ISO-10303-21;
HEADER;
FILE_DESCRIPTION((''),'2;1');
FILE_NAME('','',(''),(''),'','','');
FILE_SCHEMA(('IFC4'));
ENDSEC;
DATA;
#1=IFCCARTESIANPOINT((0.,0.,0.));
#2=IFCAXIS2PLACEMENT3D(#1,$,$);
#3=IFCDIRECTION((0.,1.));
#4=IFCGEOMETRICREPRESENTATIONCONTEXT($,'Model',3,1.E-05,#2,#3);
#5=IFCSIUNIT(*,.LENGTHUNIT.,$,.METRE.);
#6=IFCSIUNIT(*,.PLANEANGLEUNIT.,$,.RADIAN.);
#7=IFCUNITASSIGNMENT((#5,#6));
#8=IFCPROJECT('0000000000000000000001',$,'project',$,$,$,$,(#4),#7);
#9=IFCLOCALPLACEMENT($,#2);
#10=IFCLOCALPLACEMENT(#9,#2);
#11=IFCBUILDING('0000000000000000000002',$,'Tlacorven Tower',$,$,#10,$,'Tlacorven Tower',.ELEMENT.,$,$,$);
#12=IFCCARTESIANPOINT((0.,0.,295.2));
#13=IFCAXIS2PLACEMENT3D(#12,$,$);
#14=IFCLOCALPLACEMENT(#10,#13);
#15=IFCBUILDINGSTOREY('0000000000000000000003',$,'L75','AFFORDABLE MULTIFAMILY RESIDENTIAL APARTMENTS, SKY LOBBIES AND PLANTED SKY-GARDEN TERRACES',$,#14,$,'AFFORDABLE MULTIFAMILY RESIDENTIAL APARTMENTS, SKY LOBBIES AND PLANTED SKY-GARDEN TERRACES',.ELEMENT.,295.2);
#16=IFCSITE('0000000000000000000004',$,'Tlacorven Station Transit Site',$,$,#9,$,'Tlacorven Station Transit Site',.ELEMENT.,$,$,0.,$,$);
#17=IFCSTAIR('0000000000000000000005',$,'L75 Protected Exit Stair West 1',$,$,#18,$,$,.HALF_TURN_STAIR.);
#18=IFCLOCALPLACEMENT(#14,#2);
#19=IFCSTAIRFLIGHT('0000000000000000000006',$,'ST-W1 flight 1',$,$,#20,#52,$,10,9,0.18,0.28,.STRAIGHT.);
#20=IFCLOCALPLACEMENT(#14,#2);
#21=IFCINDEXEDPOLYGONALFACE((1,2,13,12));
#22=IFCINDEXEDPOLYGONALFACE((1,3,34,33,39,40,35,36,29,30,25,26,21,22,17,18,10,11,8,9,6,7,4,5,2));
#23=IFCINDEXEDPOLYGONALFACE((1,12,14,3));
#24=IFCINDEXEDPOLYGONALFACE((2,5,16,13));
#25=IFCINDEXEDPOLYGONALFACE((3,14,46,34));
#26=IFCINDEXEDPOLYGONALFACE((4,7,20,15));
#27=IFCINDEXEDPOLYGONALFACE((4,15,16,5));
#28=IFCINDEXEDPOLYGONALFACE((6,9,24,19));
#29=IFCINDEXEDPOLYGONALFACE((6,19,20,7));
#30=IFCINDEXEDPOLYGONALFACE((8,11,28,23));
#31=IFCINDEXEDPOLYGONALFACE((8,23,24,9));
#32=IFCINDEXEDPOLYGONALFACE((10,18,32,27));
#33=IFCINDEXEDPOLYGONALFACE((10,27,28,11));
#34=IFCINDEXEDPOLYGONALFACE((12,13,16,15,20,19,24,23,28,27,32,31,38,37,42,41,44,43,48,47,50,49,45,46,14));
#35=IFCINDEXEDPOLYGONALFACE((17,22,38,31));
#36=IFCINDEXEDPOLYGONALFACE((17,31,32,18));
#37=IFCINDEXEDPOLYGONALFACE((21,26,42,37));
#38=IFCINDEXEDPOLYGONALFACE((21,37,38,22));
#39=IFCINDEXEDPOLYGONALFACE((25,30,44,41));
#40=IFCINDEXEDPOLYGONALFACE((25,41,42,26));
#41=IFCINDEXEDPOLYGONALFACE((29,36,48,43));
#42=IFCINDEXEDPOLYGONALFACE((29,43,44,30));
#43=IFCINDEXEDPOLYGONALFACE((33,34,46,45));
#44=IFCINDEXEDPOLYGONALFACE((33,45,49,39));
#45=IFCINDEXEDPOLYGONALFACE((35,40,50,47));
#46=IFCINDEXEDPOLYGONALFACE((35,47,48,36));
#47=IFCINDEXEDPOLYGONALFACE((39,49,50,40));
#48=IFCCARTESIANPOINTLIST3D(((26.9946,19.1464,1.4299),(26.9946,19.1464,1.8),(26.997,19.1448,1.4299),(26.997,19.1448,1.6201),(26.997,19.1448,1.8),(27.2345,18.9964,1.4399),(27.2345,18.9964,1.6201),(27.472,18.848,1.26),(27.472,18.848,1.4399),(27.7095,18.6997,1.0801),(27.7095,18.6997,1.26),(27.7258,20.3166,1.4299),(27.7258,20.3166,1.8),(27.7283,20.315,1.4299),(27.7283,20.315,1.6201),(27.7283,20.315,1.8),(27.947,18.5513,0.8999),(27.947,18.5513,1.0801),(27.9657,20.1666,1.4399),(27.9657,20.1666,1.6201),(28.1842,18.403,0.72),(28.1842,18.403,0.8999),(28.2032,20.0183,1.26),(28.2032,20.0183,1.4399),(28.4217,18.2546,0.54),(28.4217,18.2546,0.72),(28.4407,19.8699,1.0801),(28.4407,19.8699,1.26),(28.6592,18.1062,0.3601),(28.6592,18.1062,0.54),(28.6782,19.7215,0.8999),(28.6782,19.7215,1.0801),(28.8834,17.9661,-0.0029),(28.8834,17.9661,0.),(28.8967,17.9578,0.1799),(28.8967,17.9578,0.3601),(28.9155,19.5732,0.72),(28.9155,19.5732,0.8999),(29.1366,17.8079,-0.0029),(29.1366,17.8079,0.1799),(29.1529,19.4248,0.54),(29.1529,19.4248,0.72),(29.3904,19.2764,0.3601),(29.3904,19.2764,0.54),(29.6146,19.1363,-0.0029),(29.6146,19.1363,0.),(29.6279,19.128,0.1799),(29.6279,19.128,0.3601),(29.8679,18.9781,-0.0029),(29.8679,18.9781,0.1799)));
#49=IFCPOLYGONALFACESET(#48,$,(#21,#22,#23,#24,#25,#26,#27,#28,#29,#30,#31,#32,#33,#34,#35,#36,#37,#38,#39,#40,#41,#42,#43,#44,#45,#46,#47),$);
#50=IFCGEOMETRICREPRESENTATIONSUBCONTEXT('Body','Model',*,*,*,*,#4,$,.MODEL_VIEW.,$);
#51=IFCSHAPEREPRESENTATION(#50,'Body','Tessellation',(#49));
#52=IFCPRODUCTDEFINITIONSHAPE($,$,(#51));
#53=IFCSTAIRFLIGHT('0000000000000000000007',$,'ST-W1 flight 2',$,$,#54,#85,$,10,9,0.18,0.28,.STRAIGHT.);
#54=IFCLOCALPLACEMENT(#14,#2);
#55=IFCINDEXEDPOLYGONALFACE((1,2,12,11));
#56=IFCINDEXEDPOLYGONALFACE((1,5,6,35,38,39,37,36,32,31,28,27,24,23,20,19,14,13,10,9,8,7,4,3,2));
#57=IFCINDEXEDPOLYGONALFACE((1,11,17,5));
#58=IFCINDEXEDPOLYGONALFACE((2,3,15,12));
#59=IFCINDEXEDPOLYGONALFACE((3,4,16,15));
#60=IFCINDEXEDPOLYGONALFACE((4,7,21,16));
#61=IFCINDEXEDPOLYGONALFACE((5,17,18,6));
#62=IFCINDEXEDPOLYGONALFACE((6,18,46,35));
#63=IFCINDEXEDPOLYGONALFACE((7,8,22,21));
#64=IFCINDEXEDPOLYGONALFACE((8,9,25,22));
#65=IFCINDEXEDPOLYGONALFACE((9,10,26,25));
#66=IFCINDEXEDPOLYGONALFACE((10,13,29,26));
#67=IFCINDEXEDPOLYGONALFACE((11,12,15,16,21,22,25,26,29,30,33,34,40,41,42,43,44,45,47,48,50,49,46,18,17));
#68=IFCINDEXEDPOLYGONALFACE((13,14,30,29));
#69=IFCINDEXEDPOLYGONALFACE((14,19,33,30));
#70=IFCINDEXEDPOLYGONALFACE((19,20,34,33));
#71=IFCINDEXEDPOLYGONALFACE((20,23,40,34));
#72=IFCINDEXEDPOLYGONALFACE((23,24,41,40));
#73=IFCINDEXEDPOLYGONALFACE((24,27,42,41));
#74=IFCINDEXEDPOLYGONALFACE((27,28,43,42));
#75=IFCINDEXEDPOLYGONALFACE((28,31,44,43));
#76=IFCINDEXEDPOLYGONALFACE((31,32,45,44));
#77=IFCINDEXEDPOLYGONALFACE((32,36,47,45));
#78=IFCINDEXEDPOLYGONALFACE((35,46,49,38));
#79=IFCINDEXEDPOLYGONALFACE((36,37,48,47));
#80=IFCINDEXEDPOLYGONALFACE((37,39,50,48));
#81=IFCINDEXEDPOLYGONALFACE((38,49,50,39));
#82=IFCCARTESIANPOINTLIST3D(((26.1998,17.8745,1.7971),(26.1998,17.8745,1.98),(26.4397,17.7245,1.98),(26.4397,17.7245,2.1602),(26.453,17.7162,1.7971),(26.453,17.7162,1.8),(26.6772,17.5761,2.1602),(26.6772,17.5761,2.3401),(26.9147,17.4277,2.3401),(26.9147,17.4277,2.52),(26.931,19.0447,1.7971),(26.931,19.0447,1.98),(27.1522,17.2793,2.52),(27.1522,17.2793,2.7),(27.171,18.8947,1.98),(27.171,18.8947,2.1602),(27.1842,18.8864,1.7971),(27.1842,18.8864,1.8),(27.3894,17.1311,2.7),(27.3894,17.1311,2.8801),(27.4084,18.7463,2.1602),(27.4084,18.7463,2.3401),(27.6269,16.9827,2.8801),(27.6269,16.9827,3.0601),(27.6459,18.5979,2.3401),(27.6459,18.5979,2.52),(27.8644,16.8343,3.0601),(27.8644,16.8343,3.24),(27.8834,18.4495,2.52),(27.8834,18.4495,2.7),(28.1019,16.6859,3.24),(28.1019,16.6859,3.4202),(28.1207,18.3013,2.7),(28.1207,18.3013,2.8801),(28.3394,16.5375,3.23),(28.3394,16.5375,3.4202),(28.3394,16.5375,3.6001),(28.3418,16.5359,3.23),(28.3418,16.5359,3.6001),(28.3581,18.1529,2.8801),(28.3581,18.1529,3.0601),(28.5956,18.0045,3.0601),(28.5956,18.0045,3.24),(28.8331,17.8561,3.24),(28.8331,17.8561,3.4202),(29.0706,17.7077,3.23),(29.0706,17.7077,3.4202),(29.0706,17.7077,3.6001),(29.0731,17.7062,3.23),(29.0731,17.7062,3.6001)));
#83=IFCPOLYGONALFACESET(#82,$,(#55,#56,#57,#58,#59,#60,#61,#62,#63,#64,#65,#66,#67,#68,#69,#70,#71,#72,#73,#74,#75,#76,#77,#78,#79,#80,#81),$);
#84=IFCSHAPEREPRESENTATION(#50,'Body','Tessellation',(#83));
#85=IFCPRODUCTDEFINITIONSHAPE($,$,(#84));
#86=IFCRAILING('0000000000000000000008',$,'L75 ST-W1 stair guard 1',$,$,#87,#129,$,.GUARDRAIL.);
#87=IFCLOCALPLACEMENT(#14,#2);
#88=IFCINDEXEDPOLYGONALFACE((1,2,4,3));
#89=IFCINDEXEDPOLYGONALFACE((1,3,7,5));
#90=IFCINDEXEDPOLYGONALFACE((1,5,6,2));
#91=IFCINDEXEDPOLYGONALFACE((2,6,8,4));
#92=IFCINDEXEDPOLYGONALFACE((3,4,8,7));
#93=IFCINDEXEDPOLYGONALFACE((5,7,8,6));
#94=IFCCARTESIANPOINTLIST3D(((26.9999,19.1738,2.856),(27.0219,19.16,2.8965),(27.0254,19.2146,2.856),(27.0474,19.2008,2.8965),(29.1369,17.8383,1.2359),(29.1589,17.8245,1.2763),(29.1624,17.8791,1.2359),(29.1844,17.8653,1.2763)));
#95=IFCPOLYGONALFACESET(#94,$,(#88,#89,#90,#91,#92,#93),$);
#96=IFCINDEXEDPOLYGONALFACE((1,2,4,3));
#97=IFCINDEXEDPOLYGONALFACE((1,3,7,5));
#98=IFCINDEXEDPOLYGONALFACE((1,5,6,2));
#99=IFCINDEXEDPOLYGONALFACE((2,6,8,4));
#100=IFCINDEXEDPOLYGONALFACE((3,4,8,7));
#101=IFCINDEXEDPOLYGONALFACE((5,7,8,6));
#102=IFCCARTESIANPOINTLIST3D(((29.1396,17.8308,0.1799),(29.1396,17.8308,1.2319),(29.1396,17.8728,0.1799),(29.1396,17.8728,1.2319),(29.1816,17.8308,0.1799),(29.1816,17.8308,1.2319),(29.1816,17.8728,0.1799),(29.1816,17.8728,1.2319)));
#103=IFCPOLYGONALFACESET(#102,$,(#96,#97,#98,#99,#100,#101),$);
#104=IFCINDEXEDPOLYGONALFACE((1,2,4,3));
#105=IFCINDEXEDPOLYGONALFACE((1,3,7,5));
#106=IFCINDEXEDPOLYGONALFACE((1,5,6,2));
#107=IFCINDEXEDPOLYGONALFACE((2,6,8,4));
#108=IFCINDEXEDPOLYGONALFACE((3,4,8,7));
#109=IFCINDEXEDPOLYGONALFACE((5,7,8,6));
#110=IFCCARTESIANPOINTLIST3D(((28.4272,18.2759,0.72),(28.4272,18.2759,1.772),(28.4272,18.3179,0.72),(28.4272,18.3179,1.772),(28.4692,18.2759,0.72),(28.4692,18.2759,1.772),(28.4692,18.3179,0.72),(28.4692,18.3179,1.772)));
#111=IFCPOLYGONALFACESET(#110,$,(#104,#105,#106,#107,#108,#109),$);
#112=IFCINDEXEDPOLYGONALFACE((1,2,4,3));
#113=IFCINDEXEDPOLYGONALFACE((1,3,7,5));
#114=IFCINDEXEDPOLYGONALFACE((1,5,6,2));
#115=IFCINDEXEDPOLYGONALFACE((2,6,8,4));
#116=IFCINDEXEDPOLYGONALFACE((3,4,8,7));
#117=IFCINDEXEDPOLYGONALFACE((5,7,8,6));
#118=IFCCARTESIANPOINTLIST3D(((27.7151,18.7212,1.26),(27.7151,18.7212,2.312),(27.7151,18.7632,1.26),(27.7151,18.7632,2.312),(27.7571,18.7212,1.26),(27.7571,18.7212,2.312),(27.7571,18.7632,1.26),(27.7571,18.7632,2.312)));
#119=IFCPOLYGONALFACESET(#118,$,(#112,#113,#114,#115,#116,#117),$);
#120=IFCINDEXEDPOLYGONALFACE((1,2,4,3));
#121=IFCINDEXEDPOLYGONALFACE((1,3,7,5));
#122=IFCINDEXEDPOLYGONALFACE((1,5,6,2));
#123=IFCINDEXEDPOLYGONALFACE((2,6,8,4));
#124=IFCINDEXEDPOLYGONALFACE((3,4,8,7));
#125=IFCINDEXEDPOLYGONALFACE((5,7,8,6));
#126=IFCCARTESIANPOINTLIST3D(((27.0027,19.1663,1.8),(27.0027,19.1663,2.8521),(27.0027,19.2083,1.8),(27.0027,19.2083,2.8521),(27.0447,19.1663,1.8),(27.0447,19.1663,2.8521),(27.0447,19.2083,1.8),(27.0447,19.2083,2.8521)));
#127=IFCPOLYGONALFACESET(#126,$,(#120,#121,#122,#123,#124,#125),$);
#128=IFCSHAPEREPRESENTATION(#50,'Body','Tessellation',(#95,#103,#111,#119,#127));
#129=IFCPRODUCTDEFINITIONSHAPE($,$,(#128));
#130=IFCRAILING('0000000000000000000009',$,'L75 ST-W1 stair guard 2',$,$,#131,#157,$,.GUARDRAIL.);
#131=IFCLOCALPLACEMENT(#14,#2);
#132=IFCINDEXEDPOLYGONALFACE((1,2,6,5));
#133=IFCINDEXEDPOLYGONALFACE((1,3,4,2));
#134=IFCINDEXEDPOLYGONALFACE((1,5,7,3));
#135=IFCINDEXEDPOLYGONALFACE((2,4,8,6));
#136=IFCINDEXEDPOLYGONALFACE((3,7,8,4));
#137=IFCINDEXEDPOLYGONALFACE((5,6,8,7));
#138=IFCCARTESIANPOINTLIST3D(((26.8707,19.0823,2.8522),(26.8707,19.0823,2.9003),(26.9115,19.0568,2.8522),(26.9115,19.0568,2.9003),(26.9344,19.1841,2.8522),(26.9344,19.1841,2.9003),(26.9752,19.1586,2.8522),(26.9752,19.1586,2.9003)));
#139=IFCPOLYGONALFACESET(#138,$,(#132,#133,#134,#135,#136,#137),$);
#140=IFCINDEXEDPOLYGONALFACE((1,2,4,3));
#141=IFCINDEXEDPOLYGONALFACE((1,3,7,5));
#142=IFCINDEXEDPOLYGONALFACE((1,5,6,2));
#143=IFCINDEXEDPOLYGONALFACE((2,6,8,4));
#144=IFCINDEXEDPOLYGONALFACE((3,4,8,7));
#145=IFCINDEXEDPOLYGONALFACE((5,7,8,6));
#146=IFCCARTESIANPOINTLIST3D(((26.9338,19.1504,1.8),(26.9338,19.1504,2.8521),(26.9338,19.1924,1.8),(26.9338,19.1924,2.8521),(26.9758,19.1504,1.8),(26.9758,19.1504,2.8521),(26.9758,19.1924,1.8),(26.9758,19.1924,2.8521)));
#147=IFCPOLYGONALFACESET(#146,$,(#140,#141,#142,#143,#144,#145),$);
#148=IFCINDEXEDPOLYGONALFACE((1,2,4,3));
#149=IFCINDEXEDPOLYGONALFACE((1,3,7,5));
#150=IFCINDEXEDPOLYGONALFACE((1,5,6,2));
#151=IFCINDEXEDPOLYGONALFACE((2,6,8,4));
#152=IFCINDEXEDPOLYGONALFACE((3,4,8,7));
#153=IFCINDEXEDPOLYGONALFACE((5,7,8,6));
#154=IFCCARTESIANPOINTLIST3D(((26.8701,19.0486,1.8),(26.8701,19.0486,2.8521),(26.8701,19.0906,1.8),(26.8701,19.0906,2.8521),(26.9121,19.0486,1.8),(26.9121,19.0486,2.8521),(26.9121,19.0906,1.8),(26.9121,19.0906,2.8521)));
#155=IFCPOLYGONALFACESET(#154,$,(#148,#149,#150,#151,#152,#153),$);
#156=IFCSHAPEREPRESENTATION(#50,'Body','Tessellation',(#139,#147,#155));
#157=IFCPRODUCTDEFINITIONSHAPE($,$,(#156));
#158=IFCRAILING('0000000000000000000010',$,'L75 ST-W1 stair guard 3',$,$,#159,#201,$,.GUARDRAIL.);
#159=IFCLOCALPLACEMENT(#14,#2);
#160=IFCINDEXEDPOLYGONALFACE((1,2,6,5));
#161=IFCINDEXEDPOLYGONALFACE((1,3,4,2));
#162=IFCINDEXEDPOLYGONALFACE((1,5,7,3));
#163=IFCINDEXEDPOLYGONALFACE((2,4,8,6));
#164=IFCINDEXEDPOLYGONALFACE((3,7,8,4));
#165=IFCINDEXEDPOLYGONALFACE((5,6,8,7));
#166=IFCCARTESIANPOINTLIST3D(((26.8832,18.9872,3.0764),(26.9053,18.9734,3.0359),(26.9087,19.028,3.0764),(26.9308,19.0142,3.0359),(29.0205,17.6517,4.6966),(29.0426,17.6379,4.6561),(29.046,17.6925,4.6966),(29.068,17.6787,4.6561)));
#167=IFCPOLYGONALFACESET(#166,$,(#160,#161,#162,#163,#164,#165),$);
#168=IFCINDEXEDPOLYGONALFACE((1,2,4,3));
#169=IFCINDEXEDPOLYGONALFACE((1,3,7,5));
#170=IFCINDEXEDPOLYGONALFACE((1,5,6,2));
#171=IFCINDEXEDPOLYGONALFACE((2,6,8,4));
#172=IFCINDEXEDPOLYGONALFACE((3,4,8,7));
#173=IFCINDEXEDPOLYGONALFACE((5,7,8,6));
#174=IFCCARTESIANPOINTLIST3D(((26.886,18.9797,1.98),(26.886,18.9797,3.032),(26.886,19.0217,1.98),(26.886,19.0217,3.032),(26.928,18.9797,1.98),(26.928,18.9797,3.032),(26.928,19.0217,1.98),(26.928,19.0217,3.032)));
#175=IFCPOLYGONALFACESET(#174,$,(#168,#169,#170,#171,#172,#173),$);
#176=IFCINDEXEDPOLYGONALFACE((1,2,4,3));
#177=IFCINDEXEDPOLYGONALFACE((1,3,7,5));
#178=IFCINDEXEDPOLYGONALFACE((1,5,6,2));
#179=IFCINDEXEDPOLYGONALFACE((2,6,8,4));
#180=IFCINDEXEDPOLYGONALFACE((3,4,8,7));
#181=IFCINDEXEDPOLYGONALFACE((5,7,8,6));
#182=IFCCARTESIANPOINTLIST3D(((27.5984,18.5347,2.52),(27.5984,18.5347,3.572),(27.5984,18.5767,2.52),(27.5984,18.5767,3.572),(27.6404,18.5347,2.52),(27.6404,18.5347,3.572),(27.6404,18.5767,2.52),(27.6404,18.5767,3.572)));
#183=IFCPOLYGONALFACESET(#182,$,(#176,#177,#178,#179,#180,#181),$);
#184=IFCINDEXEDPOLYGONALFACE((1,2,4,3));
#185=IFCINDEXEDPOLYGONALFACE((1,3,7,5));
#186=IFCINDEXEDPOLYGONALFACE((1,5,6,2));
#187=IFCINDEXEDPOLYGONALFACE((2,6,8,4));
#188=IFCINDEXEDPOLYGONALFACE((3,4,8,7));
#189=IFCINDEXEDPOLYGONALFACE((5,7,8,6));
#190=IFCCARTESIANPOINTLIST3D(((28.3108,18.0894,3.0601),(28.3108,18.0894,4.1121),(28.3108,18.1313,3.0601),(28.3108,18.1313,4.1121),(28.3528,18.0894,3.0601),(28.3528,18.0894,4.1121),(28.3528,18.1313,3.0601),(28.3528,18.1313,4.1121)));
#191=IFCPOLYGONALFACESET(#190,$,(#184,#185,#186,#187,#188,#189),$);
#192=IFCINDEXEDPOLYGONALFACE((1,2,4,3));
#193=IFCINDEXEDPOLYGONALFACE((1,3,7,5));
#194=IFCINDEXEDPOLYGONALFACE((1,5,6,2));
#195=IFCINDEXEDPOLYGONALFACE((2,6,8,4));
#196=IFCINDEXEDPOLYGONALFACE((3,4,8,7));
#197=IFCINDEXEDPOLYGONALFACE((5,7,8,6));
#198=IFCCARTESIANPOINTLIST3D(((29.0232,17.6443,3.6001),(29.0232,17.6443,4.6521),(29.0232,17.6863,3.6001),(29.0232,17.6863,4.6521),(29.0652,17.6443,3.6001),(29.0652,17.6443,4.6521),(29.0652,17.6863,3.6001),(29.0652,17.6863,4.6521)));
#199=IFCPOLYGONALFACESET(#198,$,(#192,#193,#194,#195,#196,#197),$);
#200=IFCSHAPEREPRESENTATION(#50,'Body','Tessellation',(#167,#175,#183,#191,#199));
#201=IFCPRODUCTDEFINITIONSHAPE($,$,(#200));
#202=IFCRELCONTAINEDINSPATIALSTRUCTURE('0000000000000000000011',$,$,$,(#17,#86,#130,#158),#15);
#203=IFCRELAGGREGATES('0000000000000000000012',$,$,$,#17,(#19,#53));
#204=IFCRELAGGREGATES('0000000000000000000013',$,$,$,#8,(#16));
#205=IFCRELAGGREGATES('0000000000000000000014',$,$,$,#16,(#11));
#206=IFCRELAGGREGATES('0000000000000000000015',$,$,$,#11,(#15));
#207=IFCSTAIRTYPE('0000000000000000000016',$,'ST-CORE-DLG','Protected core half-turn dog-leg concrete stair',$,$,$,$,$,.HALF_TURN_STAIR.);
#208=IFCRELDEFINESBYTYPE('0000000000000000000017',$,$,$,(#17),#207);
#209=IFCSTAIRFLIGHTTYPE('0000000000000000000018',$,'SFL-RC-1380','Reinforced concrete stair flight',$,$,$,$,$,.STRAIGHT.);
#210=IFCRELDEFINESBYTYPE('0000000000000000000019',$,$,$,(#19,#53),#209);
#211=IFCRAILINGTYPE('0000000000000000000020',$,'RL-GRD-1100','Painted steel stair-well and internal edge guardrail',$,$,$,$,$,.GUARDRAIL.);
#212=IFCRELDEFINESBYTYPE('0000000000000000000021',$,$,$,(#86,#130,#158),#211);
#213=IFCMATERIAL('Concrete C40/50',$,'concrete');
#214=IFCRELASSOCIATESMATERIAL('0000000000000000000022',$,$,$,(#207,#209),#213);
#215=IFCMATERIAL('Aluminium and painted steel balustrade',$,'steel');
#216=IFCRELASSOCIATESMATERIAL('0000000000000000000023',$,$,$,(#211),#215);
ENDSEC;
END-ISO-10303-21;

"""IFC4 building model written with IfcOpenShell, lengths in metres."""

from ifc_helpers import new_model, si_unit, direction, frame, origin, origin_2d, place, context, subcontext, project, spatial, polyline, rectangle, outline, extrude, source, transform, mapped, material, type_object, element, aggregate, save


model = new_model("IFC4")

# Units and contexts
model_context = context("Model", 3, precision=1e-05, world=origin(), true_north=direction((0.0, 1.0)))
body_context = subcontext(model_context, "Body", "Model", "MODEL_VIEW")
ifc_project = project(units=[si_unit("LENGTHUNIT", "METRE"), si_unit("PLANEANGLEUNIT", "RADIAN")], contexts=[model_context])

# Site, building, storey
site_placement = place(None, origin())
site = spatial("IfcSite", under=ifc_project, at=site_placement, Name="Tlacorven Station Transit Site", LongName="Tlacorven Station Transit Site", CompositionType="ELEMENT", RefElevation=0.0)
building_placement = place(site_placement, origin())
building = spatial("IfcBuilding", under=site, at=building_placement, Name="Tlacorven Tower", LongName="Tlacorven Tower", CompositionType="ELEMENT")
storey_placement = place(building_placement, frame((0.0, 0.0, 295.2)))
storey = spatial("IfcBuildingStorey", under=building, at=storey_placement, Name="L75", Description="AFFORDABLE MULTIFAMILY RESIDENTIAL APARTMENTS, SKY LOBBIES AND PLANTED SKY-GARDEN TERRACES", LongName="AFFORDABLE MULTIFAMILY RESIDENTIAL APARTMENTS, SKY LOBBIES AND PLANTED SKY-GARDEN TERRACES", CompositionType="ELEMENT", Elevation=295.2)

# Stair, stair flights
ifc_material_1 = material(Name="Concrete C40/50", Category="concrete")
stair_type = type_object("IfcStairType", Name="ST-CORE-DLG", Description="Protected core half-turn dog-leg concrete stair", PredefinedType="HALF_TURN_STAIR", material=ifc_material_1)
stair_placement = place(storey_placement, origin())
stair = element("IfcStair", 1, at=stair_placement, inside=storey, type_object=stair_type, Name="L75 Protected Exit Stair West 1", PredefinedType="HALF_TURN_STAIR")
stair_flight_type = type_object("IfcStairFlightType", Name="SFL-RC-1380", Description="Reinforced concrete stair flight", PredefinedType="STRAIGHT", material=ifc_material_1)
shared_shape_1 = source(origin(), body_context, "Body", "SweptSolid", [
    extrude(outline(polyline([(-0.0029, -0.0029), (-0.0029, 0.1799), (0.28, 0.1799), (0.28, 0.3601), (0.5601, 0.3601), (0.5601, 0.54), (0.8401, 0.54), (0.8401, 0.72), (1.1201, 0.72), (1.1201, 0.8999), (1.3999, 0.8999), (1.3999, 1.0801), (1.6799, 1.0801), (1.6799, 1.26), (1.96, 1.26), (1.96, 1.4399), (2.24, 1.4399), (2.24, 1.6201), (2.52, 1.6201), (2.52, 1.8), (2.5229, 1.8), (2.5229, 1.4299), (2.52, 1.4299), (0.2957, 0.0), (0.2957, -0.0029), (-0.0029, -0.0029)])), frame((0.0, 0.6899, 0.0), z_axis=(0.0, -1.0, 0.0), x_axis=(1.0, 0.0, 0.0)), (0.0, 0.0, 1.0), 1.3799),
])
stair_flight_1_placement = place(storey_placement, frame((29.4998, 18.3945, 0.0), z_axis=(0.0, 0.0, 1.0), x_axis=(-0.848048, 0.529919, 0.0)))
stair_flight_1 = element("IfcStairFlight", 2, at=stair_flight_1_placement, type_object=stair_flight_type, Name="ST-W1 flight 1", NumberOfRisers=10, NumberOfTreads=9, PredefinedType="STRAIGHT", RiserHeight=0.18, TreadLength=0.28, context=body_context, shape_type="MappedRepresentation", body=[
    mapped(shared_shape_1, transform((0.0, 0.0, 0.0), scale=1.0)),
])
stair_flight_2_placement = place(storey_placement, frame((26.5679, 18.458, 1.8), z_axis=(0.0, 0.0, 1.0), x_axis=(0.848048, -0.529919, 0.0)))
stair_flight_2 = element("IfcStairFlight", 3, at=stair_flight_2_placement, type_object=stair_flight_type, Name="ST-W1 flight 2", NumberOfRisers=10, NumberOfTreads=9, PredefinedType="STRAIGHT", RiserHeight=0.18, TreadLength=0.28, context=body_context, shape_type="MappedRepresentation", body=[
    mapped(shared_shape_1, transform((0.0, 0.0, 0.0), scale=1.0)),
])
aggregate(stair, [stair_flight_1, stair_flight_2])

# Railings
ifc_material_2 = material(Name="Aluminium and painted steel balustrade", Category="steel")
railing_type_1 = type_object("IfcRailingType", Name="RL-GRD-1100", Description="Painted steel stair-well and internal edge guardrail", PredefinedType="GUARDRAIL", material=ifc_material_2)
shared_shape_2 = source(origin(), body_context, "Body", "SweptSolid", [
    extrude(rectangle(XDim=0.0481, YDim=0.0481, at=origin_2d()), frame((0.0, 0.0, 1.0762), z_axis=(-0.71332, 0.445774, 0.540796), x_axis=(-0.529955, -0.848026, 0.0)), (0.0, 0.0, 1.0), 2.9958),
    extrude(rectangle(XDim=0.042, YDim=0.042, at=origin_2d()), origin(), (0.0, 0.0, 1.0), 1.052),
    extrude(rectangle(XDim=0.042, YDim=0.042, at=origin_2d()), frame((-0.7124, 0.4451, 0.54)), (0.0, 0.0, 1.0), 1.052),
    extrude(rectangle(XDim=0.042, YDim=0.042, at=origin_2d()), frame((-1.4246, 0.8904, 1.0801)), (0.0, 0.0, 1.0), 1.052),
    extrude(rectangle(XDim=0.042, YDim=0.042, at=origin_2d()), frame((-2.137, 1.3354, 1.6201)), (0.0, 0.0, 1.0), 1.052),
])
railing_1_placement = place(storey_placement, frame((29.1606, 17.8518, 0.1799)))
element("IfcRailing", 4, at=railing_1_placement, inside=storey, type_object=railing_type_1, Name="L75 ST-W1 stair guard 1", PredefinedType="GUARDRAIL", context=body_context, shape_type="MappedRepresentation", body=[
    mapped(shared_shape_2, transform((0.0, 0.0, 0.0), scale=1.0)),
])
shared_shape_3 = source(origin(), body_context, "Body", "SweptSolid", [
    extrude(rectangle(XDim=0.0481, YDim=0.0481, at=origin_2d()), frame((0.0, 0.0, 1.0762), z_axis=(-0.530547, -0.847656, 0.0), x_axis=(0.847656, -0.530547, 0.0)), (0.0, 0.0, 1.0), 0.1201),
    extrude(rectangle(XDim=0.042, YDim=0.042, at=origin_2d()), origin(), (0.0, 0.0, 1.0), 1.052),
    extrude(rectangle(XDim=0.042, YDim=0.042, at=origin_2d()), frame((-0.0637, -0.1018, 0.0)), (0.0, 0.0, 1.0), 1.052),
])
railing_2_placement = place(storey_placement, frame((26.9548, 19.1714, 1.8)))
element("IfcRailing", 5, at=railing_2_placement, inside=storey, type_object=railing_type_1, Name="L75 ST-W1 stair guard 2", PredefinedType="GUARDRAIL", context=body_context, shape_type="MappedRepresentation", body=[
    mapped(shared_shape_3, transform((0.0, 0.0, 0.0), scale=1.0)),
])
shared_shape_4 = source(origin(), body_context, "Body", "SweptSolid", [
    extrude(rectangle(XDim=0.0481, YDim=0.0481, at=origin_2d()), frame((0.0, 0.0, 1.0762), z_axis=(0.71336, -0.445748, 0.540765), x_axis=(0.529912, 0.848053, 0.0)), (0.0, 0.0, 1.0), 2.9961),
    extrude(rectangle(XDim=0.042, YDim=0.042, at=origin_2d()), origin(), (0.0, 0.0, 1.0), 1.052),
    extrude(rectangle(XDim=0.042, YDim=0.042, at=origin_2d()), frame((0.7124, -0.4451, 0.54)), (0.0, 0.0, 1.0), 1.052),
    extrude(rectangle(XDim=0.042, YDim=0.042, at=origin_2d()), frame((1.4248, -0.8904, 1.0801)), (0.0, 0.0, 1.0), 1.052),
    extrude(rectangle(XDim=0.042, YDim=0.042, at=origin_2d()), frame((2.1372, -1.3354, 1.6201)), (0.0, 0.0, 1.0), 1.052),
])
railing_3_placement = place(storey_placement, frame((26.907, 19.0007, 1.98)))
element("IfcRailing", 6, at=railing_3_placement, inside=storey, type_object=railing_type_1, Name="L75 ST-W1 stair guard 3", PredefinedType="GUARDRAIL", context=body_context, shape_type="MappedRepresentation", body=[
    mapped(shared_shape_4, transform((0.0, 0.0, 0.0), scale=1.0)),
])

save(model, "model.ifc")
